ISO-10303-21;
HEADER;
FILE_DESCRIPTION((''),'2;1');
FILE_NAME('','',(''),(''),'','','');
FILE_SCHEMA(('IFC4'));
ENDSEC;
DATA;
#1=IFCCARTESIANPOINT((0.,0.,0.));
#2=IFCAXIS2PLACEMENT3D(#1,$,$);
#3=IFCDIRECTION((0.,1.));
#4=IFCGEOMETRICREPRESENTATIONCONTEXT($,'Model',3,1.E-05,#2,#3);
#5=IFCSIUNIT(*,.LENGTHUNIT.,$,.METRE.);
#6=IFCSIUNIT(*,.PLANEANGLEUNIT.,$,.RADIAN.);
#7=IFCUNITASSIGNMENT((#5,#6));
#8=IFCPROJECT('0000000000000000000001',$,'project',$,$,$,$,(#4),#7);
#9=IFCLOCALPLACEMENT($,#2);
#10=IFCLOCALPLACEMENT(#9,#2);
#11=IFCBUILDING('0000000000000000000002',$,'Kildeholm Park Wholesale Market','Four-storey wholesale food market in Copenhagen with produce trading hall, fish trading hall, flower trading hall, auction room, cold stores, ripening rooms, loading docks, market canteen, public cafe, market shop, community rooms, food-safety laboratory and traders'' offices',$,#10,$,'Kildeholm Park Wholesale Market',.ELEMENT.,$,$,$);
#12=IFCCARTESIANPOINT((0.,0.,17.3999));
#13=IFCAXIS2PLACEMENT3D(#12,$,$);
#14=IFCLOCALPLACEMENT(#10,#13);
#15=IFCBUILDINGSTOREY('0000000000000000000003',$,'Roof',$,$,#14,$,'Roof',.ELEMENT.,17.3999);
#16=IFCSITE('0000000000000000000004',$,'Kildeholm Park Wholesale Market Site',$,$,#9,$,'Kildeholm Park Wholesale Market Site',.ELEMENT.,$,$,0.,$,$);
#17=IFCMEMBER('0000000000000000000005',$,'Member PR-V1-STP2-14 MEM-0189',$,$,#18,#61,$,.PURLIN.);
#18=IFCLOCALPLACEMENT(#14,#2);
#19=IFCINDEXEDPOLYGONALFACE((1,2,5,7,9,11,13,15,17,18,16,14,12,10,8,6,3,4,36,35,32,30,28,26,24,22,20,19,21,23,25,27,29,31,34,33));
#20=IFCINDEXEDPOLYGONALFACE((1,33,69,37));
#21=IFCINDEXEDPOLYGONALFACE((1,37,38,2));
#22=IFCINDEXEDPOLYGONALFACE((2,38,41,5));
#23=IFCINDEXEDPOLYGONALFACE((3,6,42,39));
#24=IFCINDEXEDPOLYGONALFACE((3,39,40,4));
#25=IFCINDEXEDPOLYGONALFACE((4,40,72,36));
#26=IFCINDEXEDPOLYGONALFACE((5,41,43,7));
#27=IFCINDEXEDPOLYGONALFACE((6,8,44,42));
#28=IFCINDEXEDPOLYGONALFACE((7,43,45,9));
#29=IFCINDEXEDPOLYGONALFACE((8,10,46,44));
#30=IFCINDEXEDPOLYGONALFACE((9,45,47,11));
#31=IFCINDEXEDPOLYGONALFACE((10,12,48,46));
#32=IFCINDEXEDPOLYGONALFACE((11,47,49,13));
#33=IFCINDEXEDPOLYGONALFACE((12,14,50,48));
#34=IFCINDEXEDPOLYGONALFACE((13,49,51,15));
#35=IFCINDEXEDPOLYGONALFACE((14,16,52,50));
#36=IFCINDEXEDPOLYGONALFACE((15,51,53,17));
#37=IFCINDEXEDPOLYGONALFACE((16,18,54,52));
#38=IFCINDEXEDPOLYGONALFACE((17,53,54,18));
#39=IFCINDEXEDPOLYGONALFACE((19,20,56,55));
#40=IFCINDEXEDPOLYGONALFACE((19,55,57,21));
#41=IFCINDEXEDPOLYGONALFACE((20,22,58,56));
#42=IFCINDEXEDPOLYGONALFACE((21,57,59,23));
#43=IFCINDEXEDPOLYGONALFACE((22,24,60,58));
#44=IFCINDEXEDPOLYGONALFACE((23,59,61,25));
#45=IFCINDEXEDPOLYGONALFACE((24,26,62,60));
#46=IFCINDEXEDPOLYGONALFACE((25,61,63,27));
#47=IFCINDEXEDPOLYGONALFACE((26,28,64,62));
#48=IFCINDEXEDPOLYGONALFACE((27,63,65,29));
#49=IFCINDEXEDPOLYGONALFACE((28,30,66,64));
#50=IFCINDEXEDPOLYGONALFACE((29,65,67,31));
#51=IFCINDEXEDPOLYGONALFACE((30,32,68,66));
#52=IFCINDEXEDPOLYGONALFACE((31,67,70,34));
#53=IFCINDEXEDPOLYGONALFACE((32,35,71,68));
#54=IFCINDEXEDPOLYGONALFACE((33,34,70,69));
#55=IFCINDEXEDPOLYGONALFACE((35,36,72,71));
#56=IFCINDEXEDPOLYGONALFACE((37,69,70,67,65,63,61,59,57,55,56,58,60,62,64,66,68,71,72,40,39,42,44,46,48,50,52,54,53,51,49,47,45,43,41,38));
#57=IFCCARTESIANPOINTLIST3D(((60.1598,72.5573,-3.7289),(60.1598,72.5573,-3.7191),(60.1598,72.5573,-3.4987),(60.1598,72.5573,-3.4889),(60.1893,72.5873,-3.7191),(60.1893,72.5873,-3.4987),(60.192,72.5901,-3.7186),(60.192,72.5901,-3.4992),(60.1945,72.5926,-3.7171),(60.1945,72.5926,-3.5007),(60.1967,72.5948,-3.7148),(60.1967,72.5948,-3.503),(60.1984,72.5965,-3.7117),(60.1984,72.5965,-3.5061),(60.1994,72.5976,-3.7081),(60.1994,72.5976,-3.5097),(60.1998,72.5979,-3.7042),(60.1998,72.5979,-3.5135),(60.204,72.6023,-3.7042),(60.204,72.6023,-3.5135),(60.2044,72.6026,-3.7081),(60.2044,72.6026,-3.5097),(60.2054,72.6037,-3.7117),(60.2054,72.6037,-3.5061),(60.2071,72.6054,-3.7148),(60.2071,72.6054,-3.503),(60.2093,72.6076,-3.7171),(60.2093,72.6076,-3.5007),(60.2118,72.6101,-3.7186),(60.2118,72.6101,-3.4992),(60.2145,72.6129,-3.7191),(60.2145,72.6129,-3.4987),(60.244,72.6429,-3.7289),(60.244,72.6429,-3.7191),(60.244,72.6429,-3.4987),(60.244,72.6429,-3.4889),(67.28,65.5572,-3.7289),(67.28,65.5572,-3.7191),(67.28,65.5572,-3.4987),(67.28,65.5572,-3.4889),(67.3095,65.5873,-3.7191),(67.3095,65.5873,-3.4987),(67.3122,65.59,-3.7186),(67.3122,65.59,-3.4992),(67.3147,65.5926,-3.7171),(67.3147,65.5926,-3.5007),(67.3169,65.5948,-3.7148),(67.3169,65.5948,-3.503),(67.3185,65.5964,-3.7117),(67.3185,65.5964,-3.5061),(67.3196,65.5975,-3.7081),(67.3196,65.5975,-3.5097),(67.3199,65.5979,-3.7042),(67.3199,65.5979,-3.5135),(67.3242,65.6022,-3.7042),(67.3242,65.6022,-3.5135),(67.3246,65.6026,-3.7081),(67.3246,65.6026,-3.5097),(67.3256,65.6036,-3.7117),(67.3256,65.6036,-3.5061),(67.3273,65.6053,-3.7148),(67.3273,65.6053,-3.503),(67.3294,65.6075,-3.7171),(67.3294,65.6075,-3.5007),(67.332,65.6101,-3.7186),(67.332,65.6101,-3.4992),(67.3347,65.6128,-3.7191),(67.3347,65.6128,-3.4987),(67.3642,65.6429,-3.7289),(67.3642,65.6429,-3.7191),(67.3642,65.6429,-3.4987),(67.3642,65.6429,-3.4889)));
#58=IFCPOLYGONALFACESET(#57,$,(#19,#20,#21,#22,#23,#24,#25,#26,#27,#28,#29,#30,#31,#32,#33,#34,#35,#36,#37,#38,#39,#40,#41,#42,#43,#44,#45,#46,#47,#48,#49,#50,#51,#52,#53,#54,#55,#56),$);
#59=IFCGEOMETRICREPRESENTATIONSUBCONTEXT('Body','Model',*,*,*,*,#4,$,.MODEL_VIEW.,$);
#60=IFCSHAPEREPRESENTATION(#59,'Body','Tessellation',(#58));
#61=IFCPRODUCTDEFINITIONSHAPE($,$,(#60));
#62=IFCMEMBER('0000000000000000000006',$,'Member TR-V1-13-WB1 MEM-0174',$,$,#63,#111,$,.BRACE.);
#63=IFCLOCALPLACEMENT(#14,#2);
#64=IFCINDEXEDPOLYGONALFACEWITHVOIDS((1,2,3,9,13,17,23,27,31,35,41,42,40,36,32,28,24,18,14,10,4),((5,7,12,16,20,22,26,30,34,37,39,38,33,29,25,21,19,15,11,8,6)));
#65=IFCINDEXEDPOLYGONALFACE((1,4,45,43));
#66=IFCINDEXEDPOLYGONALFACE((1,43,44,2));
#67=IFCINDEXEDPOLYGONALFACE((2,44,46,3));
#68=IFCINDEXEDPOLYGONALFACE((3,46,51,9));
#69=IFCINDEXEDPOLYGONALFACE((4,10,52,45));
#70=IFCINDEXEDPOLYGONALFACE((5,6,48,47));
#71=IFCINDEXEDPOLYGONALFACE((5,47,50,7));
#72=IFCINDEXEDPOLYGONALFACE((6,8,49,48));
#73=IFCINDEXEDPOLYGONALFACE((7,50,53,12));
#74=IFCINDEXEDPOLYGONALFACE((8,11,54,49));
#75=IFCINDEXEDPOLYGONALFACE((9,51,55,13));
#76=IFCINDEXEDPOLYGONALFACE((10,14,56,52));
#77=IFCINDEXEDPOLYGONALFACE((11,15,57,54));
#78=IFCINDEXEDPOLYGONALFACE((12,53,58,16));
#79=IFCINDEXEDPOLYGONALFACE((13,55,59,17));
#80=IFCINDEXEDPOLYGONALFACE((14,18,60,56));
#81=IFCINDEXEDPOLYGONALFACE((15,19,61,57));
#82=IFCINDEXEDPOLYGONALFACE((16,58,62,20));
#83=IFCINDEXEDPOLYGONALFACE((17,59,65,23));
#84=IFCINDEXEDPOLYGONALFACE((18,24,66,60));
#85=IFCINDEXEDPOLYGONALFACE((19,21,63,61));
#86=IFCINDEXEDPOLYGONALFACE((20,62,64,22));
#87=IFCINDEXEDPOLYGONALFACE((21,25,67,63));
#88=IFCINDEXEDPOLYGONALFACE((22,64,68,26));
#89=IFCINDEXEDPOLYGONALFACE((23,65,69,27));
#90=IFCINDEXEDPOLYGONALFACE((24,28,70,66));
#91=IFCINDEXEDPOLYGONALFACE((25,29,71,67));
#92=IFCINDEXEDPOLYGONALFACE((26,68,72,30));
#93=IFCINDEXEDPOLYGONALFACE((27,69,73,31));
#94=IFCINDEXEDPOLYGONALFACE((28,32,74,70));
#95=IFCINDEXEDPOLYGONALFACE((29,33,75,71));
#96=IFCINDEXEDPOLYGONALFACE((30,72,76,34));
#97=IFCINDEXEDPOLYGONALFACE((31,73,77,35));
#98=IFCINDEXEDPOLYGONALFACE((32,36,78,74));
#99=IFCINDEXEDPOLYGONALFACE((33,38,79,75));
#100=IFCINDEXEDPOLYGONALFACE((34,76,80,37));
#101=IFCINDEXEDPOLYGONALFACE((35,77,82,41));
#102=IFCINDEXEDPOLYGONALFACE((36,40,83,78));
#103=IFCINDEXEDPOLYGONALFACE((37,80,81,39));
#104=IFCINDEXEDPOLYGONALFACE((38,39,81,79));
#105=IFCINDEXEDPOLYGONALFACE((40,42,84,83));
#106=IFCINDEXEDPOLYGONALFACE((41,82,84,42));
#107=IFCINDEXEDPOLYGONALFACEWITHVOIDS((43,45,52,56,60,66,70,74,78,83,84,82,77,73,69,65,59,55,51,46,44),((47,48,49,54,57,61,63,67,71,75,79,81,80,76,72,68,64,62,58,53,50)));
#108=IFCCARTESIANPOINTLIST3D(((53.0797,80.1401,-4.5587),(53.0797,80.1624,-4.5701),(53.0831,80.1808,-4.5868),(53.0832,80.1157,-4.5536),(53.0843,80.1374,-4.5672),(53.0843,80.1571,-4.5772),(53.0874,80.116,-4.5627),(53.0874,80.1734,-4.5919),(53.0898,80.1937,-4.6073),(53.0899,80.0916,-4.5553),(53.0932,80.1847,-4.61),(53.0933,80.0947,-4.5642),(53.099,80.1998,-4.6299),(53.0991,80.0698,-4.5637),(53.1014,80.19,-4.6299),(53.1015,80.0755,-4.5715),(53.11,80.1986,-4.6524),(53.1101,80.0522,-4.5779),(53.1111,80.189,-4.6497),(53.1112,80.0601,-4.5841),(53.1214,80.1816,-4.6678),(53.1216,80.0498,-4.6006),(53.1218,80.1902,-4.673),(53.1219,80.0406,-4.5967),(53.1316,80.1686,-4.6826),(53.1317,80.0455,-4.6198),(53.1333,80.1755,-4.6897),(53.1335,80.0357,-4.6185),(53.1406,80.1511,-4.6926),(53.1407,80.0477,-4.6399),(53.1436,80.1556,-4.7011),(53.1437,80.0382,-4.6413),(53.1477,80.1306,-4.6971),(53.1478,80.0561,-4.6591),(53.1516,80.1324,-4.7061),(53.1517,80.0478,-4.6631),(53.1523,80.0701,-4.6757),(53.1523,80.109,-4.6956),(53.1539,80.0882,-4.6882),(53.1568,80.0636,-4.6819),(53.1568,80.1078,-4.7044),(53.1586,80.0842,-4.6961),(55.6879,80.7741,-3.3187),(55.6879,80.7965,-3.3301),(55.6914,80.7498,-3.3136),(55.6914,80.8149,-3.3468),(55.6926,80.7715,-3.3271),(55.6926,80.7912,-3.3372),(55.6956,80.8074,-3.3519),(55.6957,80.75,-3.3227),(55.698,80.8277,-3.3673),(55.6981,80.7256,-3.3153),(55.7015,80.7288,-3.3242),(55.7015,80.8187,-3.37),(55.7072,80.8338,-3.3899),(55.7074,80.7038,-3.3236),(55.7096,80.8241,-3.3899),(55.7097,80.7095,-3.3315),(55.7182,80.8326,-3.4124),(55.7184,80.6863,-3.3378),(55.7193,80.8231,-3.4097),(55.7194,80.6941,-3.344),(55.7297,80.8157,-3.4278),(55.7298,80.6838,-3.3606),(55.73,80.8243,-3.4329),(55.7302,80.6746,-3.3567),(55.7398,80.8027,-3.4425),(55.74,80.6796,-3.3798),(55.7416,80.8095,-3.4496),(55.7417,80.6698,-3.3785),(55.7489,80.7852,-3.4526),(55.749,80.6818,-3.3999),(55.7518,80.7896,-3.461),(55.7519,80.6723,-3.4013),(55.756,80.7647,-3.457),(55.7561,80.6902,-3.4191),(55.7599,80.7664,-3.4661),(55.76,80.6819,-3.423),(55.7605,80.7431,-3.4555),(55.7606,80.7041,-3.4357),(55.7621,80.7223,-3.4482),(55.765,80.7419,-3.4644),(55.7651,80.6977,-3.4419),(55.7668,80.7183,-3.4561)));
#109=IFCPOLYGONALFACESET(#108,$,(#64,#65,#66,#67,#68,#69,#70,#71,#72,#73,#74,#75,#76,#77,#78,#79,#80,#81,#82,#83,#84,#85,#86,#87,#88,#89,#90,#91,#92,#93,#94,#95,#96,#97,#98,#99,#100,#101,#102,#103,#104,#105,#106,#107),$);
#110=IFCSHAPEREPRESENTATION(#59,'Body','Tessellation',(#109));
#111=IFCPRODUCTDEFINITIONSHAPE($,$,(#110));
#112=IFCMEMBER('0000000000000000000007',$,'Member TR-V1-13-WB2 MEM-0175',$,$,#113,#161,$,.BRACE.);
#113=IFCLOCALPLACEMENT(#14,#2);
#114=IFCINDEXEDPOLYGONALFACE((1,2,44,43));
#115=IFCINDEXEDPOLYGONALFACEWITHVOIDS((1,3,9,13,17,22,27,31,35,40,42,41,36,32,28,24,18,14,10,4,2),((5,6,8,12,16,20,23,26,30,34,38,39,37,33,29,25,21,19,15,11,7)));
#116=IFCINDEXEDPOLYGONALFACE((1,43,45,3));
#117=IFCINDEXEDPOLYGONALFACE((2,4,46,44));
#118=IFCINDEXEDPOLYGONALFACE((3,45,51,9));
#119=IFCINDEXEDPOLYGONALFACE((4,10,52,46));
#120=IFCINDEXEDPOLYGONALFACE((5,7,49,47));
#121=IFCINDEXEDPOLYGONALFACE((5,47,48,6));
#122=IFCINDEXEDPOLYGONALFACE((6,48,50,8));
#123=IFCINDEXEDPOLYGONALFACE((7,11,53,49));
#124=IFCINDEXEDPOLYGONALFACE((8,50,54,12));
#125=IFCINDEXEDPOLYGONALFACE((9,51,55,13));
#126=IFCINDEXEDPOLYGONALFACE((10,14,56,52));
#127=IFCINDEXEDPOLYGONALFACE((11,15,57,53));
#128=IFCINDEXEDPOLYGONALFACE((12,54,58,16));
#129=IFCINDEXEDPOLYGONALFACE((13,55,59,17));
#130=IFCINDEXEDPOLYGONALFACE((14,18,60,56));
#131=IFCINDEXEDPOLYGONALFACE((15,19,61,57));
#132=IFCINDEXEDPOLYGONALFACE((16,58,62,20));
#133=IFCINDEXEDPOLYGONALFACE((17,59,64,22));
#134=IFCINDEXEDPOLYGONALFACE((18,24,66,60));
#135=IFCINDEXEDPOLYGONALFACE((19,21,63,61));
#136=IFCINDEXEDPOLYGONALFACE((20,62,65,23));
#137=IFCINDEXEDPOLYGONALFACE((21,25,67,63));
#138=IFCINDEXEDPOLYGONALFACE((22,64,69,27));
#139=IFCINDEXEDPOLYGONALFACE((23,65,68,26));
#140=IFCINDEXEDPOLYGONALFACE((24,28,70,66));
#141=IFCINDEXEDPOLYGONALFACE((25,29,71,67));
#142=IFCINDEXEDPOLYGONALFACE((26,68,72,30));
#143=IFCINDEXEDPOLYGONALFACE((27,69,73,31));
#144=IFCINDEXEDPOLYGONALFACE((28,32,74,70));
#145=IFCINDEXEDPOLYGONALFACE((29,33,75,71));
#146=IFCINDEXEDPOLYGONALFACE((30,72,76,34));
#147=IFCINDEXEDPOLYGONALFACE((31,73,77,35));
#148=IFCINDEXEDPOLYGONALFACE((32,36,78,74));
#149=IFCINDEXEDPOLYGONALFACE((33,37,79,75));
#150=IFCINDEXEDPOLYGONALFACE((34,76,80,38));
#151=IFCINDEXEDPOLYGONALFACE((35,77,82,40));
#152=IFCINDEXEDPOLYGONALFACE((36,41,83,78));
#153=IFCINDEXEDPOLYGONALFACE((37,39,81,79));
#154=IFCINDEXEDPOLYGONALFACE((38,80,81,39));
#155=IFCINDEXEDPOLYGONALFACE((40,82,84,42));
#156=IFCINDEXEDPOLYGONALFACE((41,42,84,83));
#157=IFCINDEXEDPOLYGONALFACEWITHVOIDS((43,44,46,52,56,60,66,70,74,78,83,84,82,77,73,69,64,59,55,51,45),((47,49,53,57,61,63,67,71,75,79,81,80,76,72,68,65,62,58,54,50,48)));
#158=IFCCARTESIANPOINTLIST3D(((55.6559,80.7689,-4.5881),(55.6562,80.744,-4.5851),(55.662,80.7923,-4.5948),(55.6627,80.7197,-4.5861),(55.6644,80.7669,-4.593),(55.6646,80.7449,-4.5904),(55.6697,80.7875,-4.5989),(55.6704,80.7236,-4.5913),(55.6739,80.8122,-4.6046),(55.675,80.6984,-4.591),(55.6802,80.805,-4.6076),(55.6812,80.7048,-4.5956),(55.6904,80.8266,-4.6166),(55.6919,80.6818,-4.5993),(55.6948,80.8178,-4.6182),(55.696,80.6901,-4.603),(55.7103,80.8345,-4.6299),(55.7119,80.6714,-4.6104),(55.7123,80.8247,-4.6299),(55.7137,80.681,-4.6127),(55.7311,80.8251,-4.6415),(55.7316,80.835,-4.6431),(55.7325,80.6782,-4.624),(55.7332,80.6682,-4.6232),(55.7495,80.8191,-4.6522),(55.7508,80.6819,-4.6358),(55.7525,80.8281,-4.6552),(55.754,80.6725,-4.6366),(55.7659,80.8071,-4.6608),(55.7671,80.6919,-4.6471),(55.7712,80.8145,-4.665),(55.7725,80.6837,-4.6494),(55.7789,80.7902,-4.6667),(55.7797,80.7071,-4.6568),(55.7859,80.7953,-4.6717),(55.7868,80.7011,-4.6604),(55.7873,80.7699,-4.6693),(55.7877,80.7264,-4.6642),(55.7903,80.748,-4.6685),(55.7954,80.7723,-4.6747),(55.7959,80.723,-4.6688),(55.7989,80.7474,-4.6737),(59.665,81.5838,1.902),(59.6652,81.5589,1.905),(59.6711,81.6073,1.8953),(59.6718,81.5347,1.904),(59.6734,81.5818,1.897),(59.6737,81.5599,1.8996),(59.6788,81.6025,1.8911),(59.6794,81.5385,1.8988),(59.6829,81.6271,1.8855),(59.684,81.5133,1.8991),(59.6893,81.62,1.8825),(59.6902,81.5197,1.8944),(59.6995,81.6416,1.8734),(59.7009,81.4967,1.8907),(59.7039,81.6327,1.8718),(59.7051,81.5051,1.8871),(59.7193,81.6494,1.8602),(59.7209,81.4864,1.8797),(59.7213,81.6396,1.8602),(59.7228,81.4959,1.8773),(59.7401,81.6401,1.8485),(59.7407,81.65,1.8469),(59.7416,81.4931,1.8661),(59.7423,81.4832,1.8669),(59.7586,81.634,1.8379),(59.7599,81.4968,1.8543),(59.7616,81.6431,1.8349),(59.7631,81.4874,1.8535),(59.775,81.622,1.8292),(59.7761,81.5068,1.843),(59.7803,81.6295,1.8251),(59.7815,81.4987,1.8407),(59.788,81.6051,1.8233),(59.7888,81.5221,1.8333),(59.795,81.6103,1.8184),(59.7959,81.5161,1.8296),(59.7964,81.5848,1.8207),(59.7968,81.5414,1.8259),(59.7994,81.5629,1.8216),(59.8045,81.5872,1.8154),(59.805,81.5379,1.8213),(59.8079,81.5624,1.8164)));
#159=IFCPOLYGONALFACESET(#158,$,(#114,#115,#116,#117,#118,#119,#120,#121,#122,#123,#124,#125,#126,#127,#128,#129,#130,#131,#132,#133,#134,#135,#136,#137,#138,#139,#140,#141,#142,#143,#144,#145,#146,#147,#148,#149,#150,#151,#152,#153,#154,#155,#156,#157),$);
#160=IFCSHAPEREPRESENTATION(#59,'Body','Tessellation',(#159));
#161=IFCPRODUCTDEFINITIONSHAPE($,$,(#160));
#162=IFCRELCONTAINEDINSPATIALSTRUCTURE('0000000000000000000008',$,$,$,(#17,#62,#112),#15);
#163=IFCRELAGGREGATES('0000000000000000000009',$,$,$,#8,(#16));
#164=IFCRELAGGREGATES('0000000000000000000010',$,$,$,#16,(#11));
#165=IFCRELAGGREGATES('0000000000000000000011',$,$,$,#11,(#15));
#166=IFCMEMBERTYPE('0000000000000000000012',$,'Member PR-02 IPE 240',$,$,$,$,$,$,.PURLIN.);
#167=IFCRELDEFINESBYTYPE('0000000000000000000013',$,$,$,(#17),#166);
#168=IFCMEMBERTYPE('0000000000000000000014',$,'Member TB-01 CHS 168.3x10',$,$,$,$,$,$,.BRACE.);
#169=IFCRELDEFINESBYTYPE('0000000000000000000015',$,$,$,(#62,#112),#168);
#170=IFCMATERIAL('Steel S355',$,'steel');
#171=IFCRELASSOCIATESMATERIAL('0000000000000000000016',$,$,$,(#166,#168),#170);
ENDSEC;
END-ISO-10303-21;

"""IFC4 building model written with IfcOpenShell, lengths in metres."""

from ifc_helpers import new_model, si_unit, direction, frame, origin, origin_2d, place, context, subcontext, project, spatial, hollow_circle, i_section, extrude, material, material_profile, profile_set, type_object, element, save


model = new_model("IFC4")

# Units and contexts
model_context = context("Model", 3, precision=1e-05, world=origin(), true_north=direction((0.0, 1.0)))
body_context = subcontext(model_context, "Body", "Model", "MODEL_VIEW")
ifc_project = project(units=[si_unit("LENGTHUNIT", "METRE"), si_unit("PLANEANGLEUNIT", "RADIAN")], contexts=[model_context])

# Site, building, storey
site_placement = place(None, origin())
site = spatial("IfcSite", under=ifc_project, at=site_placement, Name="Kildeholm Park Wholesale Market Site", LongName="Kildeholm Park Wholesale Market Site", CompositionType="ELEMENT", RefElevation=0.0)
building_placement = place(site_placement, origin())
building = spatial("IfcBuilding", under=site, at=building_placement, Name="Kildeholm Park Wholesale Market", Description="Four-storey wholesale food market in Copenhagen with produce trading hall, fish trading hall, flower trading hall, auction room, cold stores, ripening rooms, loading docks, market canteen, public cafe, market shop, community rooms, food-safety laboratory and traders' offices", LongName="Kildeholm Park Wholesale Market", CompositionType="ELEMENT")
storey_placement = place(building_placement, frame((0.0, 0.0, 17.3999)))
storey = spatial("IfcBuildingStorey", under=building, at=storey_placement, Name="Roof", LongName="Roof", CompositionType="ELEMENT", Elevation=17.3999)

# Shared definitions
ifc_material_1 = material(Name="Steel S355", Category="steel")

# Members
ifc_material_profile_1 = material_profile(ifc_material_1, i_section(OverallWidth=0.1201, OverallDepth=0.24, WebThickness=0.0061, FlangeThickness=0.0098, FilletRadius=0.0149, at=origin_2d()), Name="IPE 240")
ifc_profile_set_1 = profile_set([ifc_material_profile_1], Name="Steel S355")
member_type_1 = type_object("IfcMemberType", Name="Member PR-02 IPE 240", PredefinedType="PURLIN", material=ifc_profile_set_1)
member_1_placement = place(storey_placement, frame((60.2019, 72.6001, -3.6089), z_axis=(0.713096, -0.701066, 0.0), x_axis=(0.701066, 0.713096, 0.0)))
element("IfcMember", 1, at=member_1_placement, inside=storey, type_object=member_type_1, Name="Member PR-V1-STP2-14 MEM-0189", PredefinedType="PURLIN", context=body_context, shape_type="SweptSolid", body=[
    extrude(i_section(OverallWidth=0.1201, OverallDepth=0.24, WebThickness=0.0061, FlangeThickness=0.0098, FilletRadius=0.0149, at=origin_2d()), origin(), (0.0, 0.0, 1.0), 9.9849),
])
ifc_material_profile_2 = material_profile(ifc_material_1, hollow_circle(Radius=0.0842, WallThickness=0.01, at=origin_2d()), Name="CHS 168.3x10")
ifc_profile_set_2 = profile_set([ifc_material_profile_2], Name="Steel S355")
member_type_2 = type_object("IfcMemberType", Name="Member TB-01 CHS 168.3x10", PredefinedType="BRACE", material=ifc_profile_set_2)
member_2_placement = place(storey_placement, frame((53.1189, 80.1179, -4.6299), z_axis=(0.882118, 0.21444, 0.419384), x_axis=(-0.236217, 0.9717, 0.0)))
element("IfcMember", 2, at=member_2_placement, inside=storey, type_object=member_type_2, Name="Member TR-V1-13-WB1 MEM-0174", PredefinedType="BRACE", context=body_context, shape_type="SweptSolid", body=[
    extrude(hollow_circle(Radius=0.0842, WallThickness=0.01, at=origin_2d()), origin(), (0.0, 0.0, 1.0), 2.9568),
])
member_3_placement = place(storey_placement, frame((55.7271, 80.752, -4.6299), z_axis=(0.522568, 0.106226, 0.845955), x_axis=(-0.199202, 0.979958, 0.0)))
element("IfcMember", 3, at=member_3_placement, inside=storey, type_object=member_type_2, Name="Member TR-V1-13-WB2 MEM-0175", PredefinedType="BRACE", context=body_context, shape_type="SweptSolid", body=[
    extrude(hollow_circle(Radius=0.0842, WallThickness=0.01, at=origin_2d()), origin(), (0.0, 0.0, 1.0), 7.6719),
])

save(model, "model.ifc")
